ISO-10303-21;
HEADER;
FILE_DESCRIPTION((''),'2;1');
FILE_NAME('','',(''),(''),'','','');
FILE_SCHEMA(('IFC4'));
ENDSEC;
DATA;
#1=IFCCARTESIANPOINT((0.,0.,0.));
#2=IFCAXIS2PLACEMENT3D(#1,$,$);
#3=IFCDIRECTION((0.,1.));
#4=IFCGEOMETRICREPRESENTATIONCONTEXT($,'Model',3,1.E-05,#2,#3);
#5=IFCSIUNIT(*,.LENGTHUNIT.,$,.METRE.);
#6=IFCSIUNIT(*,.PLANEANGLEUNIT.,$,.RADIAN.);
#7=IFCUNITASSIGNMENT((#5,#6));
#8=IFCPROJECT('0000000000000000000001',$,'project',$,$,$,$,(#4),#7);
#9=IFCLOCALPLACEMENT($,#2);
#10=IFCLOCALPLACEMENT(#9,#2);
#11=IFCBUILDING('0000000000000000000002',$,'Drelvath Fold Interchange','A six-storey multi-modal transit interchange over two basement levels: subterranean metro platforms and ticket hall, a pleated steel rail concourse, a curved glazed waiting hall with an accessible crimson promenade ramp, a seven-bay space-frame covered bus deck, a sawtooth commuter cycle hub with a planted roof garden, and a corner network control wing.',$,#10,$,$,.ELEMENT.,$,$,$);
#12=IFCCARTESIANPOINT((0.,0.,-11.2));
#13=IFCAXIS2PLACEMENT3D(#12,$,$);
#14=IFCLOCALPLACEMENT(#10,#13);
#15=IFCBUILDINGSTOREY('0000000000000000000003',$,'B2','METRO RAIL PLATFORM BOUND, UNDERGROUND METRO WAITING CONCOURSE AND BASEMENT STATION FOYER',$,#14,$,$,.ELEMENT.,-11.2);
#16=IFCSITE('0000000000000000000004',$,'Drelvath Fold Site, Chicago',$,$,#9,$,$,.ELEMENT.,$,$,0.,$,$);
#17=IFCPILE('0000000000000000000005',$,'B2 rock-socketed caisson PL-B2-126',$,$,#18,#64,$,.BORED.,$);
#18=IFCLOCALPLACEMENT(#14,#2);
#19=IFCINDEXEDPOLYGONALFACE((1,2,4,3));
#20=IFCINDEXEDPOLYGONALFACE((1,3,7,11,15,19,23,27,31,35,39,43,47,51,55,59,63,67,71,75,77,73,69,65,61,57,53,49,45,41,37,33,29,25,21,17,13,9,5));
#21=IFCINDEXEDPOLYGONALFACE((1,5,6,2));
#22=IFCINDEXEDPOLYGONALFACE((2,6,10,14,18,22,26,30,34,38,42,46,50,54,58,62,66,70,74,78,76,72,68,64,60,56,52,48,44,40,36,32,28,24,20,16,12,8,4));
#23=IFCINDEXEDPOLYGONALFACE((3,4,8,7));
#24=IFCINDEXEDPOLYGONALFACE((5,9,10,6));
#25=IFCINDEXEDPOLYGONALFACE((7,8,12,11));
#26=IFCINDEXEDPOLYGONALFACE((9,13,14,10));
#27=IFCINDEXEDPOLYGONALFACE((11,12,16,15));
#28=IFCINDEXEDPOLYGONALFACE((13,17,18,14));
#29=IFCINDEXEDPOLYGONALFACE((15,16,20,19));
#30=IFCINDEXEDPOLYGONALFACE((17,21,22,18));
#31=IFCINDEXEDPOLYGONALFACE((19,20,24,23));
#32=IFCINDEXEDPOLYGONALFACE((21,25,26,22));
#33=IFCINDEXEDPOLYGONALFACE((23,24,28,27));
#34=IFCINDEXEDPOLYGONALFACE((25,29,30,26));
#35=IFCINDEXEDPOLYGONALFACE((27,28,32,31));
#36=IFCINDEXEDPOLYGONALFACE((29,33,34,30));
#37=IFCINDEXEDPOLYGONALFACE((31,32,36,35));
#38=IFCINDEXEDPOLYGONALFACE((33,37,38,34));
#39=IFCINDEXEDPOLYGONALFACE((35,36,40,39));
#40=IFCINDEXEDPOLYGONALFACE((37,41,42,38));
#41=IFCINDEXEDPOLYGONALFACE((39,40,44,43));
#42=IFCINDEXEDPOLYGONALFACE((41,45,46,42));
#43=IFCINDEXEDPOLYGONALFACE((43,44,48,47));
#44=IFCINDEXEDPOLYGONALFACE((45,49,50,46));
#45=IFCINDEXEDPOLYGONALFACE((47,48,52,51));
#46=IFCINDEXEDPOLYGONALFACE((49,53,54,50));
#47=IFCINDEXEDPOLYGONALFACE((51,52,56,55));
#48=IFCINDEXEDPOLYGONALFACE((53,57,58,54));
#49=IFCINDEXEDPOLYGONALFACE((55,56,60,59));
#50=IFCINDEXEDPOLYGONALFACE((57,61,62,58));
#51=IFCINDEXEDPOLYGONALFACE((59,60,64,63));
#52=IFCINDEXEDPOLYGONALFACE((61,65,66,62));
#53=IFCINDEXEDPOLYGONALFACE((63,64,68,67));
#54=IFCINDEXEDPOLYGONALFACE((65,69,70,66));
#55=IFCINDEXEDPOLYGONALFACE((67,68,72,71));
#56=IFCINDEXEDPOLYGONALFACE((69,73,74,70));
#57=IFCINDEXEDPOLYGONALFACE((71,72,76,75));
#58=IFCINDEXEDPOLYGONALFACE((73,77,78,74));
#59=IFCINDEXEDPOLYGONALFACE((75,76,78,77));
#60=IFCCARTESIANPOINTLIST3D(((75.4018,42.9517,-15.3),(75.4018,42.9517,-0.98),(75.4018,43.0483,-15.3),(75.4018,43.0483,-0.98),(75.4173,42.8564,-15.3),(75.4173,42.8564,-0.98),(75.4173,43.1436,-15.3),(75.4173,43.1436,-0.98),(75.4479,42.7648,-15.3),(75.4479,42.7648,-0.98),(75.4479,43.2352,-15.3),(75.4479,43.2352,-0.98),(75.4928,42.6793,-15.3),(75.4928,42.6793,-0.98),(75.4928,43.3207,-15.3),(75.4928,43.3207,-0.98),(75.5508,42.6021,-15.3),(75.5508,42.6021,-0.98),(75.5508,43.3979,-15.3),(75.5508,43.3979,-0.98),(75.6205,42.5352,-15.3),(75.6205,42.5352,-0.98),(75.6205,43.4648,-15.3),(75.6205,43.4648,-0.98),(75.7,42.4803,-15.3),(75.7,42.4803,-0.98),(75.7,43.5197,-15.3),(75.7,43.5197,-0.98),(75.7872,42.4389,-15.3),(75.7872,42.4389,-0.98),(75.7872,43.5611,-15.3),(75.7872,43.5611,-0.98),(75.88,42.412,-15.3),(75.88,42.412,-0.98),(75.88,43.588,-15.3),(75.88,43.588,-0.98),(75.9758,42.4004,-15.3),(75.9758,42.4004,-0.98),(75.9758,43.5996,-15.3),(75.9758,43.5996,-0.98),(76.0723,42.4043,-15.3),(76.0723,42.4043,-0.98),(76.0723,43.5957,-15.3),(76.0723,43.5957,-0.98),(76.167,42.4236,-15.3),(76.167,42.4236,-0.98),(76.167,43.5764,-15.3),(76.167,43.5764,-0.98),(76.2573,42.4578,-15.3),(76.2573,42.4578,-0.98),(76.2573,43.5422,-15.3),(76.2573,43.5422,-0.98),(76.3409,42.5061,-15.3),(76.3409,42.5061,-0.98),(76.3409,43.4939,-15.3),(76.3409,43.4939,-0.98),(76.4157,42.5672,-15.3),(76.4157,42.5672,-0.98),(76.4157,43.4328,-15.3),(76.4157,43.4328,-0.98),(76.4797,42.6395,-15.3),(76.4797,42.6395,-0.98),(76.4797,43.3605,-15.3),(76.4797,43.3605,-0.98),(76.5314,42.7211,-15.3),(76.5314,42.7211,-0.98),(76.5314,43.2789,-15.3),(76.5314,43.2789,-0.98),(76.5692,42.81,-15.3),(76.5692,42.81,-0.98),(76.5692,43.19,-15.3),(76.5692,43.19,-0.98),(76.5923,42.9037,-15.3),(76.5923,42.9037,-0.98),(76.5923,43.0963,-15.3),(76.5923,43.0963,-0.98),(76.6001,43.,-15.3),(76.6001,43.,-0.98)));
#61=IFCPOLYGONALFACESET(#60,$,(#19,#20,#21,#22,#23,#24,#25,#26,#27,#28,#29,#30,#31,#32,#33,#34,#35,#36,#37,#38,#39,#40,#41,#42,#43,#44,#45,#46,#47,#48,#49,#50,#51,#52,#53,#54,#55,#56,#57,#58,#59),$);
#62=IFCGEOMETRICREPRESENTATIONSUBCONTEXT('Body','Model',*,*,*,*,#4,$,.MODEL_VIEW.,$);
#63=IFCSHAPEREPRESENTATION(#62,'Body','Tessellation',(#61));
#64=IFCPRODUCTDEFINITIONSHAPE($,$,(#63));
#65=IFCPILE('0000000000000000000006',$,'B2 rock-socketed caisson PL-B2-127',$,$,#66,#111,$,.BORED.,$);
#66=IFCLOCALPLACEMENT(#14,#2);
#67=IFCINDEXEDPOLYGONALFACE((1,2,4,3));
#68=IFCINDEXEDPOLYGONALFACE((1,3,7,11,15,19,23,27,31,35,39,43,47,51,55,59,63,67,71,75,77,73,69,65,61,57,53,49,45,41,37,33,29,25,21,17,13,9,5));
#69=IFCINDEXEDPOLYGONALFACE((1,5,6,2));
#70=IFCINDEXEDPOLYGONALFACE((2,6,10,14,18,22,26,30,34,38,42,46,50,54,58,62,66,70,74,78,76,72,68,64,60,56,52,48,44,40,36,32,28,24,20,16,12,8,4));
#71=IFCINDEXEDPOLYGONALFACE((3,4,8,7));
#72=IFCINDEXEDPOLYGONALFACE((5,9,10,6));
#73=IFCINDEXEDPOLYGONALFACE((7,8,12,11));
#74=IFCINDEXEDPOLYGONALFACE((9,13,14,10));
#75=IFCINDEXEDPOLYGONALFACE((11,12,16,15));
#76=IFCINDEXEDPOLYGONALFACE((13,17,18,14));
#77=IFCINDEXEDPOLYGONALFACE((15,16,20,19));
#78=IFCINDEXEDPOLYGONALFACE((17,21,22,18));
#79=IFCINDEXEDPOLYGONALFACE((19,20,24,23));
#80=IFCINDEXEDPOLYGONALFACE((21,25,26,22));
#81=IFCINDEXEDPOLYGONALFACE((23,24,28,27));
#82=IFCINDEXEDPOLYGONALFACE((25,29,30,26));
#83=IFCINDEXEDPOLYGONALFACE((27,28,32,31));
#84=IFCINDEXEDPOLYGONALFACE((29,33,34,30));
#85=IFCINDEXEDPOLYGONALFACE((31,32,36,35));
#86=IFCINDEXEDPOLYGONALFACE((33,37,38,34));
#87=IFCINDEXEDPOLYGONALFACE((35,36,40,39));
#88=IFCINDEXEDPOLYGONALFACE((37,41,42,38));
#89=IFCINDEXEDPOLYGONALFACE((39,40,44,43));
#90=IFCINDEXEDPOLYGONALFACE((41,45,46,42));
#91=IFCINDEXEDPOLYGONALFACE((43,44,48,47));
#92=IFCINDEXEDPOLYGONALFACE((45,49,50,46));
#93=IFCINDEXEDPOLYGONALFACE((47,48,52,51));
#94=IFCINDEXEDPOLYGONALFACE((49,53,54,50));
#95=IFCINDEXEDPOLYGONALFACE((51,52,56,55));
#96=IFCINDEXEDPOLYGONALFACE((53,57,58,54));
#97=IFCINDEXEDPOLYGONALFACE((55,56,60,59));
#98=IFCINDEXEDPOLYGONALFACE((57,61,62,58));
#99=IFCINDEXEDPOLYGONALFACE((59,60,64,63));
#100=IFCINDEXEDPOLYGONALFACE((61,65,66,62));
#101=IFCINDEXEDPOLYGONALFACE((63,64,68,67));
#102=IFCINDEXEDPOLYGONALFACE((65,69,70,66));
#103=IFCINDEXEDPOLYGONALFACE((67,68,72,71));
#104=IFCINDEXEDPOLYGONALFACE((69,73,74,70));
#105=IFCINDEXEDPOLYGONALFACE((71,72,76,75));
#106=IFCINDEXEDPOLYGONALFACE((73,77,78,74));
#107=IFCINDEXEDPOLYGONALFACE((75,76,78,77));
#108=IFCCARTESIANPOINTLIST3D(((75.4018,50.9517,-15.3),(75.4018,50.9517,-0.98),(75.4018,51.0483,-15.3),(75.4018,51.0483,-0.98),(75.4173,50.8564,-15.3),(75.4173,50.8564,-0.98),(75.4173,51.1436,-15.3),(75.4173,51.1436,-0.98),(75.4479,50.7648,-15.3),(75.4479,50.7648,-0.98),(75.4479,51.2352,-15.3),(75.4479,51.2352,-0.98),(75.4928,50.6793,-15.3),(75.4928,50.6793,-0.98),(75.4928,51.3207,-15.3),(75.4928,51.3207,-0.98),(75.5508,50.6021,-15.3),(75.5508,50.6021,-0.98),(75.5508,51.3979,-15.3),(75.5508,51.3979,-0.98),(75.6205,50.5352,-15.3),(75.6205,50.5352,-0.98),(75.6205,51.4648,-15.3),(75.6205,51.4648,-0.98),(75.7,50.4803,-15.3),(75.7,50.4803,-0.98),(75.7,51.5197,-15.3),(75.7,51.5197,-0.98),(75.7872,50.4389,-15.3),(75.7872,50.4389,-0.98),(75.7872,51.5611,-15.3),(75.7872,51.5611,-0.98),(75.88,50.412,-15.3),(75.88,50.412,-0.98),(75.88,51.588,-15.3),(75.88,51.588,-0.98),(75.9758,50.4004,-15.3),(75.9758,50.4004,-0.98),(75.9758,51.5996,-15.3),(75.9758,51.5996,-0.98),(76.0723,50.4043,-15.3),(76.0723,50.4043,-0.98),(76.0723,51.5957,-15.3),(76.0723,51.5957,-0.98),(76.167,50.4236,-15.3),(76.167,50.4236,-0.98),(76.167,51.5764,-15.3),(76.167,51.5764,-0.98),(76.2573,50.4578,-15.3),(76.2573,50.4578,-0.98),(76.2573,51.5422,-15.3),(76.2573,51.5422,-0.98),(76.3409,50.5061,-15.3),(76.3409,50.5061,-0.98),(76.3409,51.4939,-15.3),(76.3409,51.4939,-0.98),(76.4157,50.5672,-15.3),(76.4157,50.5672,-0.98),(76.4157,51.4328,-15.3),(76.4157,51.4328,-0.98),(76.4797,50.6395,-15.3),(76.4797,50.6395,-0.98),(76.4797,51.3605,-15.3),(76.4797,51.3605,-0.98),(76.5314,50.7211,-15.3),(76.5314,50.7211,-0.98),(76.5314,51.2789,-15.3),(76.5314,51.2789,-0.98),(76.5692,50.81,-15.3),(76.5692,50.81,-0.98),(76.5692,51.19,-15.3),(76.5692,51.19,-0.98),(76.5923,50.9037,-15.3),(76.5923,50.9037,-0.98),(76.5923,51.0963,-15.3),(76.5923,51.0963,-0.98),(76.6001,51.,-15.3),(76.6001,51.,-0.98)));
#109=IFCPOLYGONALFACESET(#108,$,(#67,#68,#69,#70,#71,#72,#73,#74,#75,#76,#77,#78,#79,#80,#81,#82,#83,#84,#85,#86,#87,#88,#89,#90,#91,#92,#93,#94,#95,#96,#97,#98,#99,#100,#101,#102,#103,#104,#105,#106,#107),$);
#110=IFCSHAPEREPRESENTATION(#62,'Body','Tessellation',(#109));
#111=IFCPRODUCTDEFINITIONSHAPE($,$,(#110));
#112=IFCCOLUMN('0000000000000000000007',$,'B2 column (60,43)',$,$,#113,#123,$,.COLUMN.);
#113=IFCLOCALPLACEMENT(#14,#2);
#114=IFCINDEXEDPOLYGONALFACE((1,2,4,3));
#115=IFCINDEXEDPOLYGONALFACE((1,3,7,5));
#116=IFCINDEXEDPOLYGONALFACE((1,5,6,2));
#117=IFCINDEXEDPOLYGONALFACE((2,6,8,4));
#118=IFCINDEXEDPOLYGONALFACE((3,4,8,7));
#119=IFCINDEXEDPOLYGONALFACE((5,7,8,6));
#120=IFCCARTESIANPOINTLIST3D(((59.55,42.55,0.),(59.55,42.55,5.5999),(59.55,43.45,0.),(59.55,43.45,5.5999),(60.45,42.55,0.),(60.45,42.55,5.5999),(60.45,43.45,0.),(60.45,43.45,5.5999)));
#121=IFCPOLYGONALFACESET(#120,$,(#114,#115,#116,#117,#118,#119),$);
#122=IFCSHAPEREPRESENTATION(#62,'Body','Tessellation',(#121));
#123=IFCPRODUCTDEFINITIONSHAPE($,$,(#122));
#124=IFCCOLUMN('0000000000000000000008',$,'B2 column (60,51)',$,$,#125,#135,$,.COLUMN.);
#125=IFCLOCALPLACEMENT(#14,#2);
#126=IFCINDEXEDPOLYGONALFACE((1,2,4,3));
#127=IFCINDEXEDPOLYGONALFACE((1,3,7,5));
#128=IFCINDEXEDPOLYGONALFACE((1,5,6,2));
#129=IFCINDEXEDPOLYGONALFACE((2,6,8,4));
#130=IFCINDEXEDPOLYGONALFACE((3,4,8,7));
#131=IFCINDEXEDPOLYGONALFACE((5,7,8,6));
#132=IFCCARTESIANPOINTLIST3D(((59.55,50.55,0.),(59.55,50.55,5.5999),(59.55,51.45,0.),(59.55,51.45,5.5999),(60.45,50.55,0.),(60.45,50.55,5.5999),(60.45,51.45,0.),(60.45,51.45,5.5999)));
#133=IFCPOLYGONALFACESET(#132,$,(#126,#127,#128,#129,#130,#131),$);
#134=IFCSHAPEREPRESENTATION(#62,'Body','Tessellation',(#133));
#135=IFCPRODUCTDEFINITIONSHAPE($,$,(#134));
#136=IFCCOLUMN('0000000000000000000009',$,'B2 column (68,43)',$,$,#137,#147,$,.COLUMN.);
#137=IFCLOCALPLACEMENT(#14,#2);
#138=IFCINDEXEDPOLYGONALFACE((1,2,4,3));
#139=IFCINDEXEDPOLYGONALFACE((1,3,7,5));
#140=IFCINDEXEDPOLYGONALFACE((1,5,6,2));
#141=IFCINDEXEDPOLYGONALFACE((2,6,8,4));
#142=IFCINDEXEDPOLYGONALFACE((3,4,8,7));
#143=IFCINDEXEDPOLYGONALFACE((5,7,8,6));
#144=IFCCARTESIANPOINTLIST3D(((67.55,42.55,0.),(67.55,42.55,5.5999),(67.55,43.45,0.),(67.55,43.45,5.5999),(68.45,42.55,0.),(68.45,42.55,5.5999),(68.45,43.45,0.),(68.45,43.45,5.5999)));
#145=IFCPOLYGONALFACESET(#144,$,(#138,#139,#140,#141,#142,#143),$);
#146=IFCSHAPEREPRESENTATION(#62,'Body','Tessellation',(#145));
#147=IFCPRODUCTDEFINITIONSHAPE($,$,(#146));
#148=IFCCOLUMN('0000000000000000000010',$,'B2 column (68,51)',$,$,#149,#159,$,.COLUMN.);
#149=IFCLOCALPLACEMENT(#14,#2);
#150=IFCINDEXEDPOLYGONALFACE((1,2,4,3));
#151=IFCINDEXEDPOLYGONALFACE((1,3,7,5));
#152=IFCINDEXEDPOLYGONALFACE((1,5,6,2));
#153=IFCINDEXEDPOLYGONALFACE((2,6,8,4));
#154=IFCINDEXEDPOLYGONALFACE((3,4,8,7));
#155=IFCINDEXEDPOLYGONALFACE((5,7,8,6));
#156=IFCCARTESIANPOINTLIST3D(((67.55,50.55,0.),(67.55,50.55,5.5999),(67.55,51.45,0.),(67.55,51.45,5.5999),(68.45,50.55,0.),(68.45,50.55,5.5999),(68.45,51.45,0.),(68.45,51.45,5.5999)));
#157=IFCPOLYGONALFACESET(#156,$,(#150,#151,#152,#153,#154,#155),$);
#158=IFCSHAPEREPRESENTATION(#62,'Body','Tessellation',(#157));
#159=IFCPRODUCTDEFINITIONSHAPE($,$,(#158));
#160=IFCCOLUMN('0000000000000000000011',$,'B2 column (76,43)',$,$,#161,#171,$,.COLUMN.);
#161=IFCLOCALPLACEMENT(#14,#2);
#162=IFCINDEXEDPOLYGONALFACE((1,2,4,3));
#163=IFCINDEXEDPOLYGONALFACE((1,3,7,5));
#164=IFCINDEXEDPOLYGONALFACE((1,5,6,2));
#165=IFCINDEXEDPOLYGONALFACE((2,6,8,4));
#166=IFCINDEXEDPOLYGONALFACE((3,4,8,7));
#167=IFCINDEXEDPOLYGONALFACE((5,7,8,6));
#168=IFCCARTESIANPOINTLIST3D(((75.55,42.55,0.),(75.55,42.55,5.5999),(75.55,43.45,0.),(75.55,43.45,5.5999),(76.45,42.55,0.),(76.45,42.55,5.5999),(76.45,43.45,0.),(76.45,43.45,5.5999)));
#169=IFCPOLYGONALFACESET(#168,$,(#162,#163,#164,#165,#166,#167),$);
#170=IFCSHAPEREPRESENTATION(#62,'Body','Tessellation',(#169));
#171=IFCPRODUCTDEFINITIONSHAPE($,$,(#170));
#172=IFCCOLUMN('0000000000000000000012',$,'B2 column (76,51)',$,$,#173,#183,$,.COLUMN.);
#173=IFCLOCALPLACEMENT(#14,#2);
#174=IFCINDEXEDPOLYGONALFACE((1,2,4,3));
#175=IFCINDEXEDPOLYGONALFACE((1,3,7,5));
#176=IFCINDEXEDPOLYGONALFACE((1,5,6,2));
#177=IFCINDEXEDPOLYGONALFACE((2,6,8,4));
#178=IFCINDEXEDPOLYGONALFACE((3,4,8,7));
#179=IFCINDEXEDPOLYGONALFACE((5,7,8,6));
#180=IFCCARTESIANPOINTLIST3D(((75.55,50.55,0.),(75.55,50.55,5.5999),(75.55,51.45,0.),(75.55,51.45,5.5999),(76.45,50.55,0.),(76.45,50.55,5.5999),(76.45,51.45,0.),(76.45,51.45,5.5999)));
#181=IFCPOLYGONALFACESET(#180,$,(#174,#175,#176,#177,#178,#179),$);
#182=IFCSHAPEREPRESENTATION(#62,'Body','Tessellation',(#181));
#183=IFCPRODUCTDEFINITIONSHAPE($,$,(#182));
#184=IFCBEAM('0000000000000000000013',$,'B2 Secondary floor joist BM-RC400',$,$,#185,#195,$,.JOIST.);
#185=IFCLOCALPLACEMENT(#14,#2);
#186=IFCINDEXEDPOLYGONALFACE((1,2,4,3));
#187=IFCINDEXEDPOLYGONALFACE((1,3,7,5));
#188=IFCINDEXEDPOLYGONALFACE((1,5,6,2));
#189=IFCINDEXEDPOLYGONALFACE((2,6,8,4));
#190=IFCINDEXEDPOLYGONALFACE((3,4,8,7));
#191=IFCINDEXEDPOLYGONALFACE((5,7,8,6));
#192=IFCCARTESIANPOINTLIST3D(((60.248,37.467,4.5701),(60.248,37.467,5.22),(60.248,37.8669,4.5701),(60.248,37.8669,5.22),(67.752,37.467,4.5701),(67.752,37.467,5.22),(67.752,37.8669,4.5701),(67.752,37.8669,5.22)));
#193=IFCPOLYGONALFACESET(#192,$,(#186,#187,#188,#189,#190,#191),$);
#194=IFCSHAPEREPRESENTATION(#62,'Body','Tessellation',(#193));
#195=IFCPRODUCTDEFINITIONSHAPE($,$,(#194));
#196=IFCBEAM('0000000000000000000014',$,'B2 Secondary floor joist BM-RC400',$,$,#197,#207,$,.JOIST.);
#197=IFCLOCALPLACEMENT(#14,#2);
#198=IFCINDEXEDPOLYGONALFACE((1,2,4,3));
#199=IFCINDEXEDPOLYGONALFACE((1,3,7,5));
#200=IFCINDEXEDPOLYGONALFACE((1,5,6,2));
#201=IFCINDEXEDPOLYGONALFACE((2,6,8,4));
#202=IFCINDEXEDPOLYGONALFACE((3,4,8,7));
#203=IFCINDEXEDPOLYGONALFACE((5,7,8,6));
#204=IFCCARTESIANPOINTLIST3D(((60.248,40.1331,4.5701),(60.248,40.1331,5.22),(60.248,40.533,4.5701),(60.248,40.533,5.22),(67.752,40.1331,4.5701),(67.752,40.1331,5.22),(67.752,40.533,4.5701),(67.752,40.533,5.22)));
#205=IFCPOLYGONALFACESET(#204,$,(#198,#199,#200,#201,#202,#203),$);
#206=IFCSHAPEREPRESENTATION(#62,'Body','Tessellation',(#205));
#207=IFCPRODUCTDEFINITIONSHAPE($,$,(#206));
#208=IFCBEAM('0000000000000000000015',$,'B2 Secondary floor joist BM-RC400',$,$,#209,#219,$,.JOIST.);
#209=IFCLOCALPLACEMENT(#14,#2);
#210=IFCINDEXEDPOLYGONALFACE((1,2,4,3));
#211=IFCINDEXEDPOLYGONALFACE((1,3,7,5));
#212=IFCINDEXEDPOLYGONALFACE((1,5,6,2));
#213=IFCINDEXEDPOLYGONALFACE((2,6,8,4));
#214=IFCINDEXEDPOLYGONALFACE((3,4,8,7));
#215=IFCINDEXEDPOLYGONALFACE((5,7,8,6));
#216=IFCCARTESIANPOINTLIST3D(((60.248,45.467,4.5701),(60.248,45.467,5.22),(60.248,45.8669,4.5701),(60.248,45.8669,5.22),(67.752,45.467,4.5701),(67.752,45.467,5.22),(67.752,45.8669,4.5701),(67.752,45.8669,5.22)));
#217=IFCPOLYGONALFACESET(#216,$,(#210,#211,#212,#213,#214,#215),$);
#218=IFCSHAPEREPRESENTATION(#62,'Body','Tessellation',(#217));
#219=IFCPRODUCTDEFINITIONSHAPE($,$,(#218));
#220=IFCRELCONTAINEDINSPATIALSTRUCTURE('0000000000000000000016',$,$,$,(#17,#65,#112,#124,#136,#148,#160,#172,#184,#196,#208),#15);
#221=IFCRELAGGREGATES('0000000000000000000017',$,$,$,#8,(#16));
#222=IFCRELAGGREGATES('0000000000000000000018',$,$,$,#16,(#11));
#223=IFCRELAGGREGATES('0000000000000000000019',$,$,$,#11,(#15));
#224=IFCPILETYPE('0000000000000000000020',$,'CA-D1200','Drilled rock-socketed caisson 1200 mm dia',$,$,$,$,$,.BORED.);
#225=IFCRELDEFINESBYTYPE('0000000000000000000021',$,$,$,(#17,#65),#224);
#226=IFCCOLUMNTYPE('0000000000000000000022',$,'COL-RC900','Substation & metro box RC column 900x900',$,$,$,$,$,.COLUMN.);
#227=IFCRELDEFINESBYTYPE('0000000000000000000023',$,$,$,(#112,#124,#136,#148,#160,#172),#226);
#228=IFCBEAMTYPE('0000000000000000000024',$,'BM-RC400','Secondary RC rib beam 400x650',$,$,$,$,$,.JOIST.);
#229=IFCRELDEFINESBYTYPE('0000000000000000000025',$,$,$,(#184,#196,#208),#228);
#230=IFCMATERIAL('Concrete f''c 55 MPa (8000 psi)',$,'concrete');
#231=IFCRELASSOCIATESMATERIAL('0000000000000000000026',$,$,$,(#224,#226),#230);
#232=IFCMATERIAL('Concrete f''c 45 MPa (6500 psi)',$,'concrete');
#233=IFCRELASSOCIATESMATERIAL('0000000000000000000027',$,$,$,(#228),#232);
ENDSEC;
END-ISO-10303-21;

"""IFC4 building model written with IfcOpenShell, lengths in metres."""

from ifc_helpers import new_model, si_unit, direction, frame, origin, origin_2d, place, context, subcontext, project, spatial, rectangle, circle, extrude, material, material_profile, profile_set, type_object, element, save


model = new_model("IFC4")

# Units and contexts
model_context = context("Model", 3, precision=1e-05, world=origin(), true_north=direction((0.0, 1.0)))
body_context = subcontext(model_context, "Body", "Model", "MODEL_VIEW")
ifc_project = project(units=[si_unit("LENGTHUNIT", "METRE"), si_unit("PLANEANGLEUNIT", "RADIAN")], contexts=[model_context])

# Site, building, storey
site_placement = place(None, origin())
site = spatial("IfcSite", under=ifc_project, at=site_placement, Name="Drelvath Fold Site, Chicago", CompositionType="ELEMENT", RefElevation=0.0)
building_placement = place(site_placement, origin())
building = spatial("IfcBuilding", under=site, at=building_placement, Name="Drelvath Fold Interchange", Description="A six-storey multi-modal transit interchange over two basement levels: subterranean metro platforms and ticket hall, a pleated steel rail concourse, a curved glazed waiting hall with an accessible crimson promenade ramp, a seven-bay space-frame covered bus deck, a sawtooth commuter cycle hub with a planted roof garden, and a corner network control wing.", CompositionType="ELEMENT")
storey_placement = place(building_placement, frame((0.0, 0.0, -11.2)))
storey = spatial("IfcBuildingStorey", under=building, at=storey_placement, Name="B2", Description="METRO RAIL PLATFORM BOUND, UNDERGROUND METRO WAITING CONCOURSE AND BASEMENT STATION FOYER", CompositionType="ELEMENT", Elevation=-11.2)

# Piles
ifc_material_1 = material(Name="Concrete f'c 55 MPa (8000 psi)", Category="concrete")
ifc_material_profile_1 = material_profile(ifc_material_1, circle(Radius=0.6001, at=origin_2d()), Name="CAISSON D1200")
ifc_profile_set_1 = profile_set([ifc_material_profile_1], Name="Concrete f'c 55 MPa (8000 psi)")
pile_type = type_object("IfcPileType", Name="CA-D1200", Description="Drilled rock-socketed caisson 1200 mm dia", PredefinedType="BORED", material=ifc_profile_set_1)
for number, where, z_axis, x_axis, name in (
    (1, (76.0, 43.0, -0.98), (0.0, 0.0, -1.0), (1.0, 0.0, 0.0), "B2 rock-socketed caisson PL-B2-126"),
    (2, (76.0, 51.0, -0.98), (0.0, 0.0, -1.0), (1.0, 0.0, 0.0), "B2 rock-socketed caisson PL-B2-127"),
):
    element("IfcPile", number, at=place(storey_placement, frame(where, z_axis=z_axis, x_axis=x_axis)), inside=storey, type_object=pile_type, Name=name, PredefinedType="BORED", context=body_context, shape_type="SweptSolid", body=[
        extrude(circle(Radius=0.6001, at=origin_2d()), origin(), (0.0, 0.0, 1.0), 14.3201),
    ])

# Columns
ifc_material_profile_2 = material_profile(ifc_material_1, rectangle(XDim=0.8999, YDim=0.8999, at=origin_2d()), Name="RC 900x900")
ifc_profile_set_2 = profile_set([ifc_material_profile_2], Name="Concrete f'c 55 MPa (8000 psi)")
column_type = type_object("IfcColumnType", Name="COL-RC900", Description="Substation & metro box RC column 900x900", PredefinedType="COLUMN", material=ifc_profile_set_2)
for number, where, z_axis, x_axis, name in (
    (3, (60.0, 43.0, 0.0), (0.0, 0.0, 1.0), (1.0, 0.0, 0.0), "B2 column (60,43)"),
    (4, (60.0, 51.0, 0.0), (0.0, 0.0, 1.0), (1.0, 0.0, 0.0), "B2 column (60,51)"),
    (5, (68.0, 43.0, 0.0), (0.0, 0.0, 1.0), (1.0, 0.0, 0.0), "B2 column (68,43)"),
    (6, (68.0, 51.0, 0.0), (0.0, 0.0, 1.0), (1.0, 0.0, 0.0), "B2 column (68,51)"),
    (7, (76.0, 43.0, 0.0), (0.0, 0.0, 1.0), (1.0, 0.0, 0.0), "B2 column (76,43)"),
    (8, (76.0, 51.0, 0.0), (0.0, 0.0, 1.0), (1.0, 0.0, 0.0), "B2 column (76,51)"),
):
    element("IfcColumn", number, at=place(storey_placement, frame(where, z_axis=z_axis, x_axis=x_axis)), inside=storey, type_object=column_type, Name=name, PredefinedType="COLUMN", context=body_context, shape_type="SweptSolid", body=[
        extrude(rectangle(XDim=0.8999, YDim=0.8999, at=origin_2d()), origin(), (0.0, 0.0, 1.0), 5.5999),
    ])

# Beams
ifc_material_2 = material(Name="Concrete f'c 45 MPa (6500 psi)", Category="concrete")
ifc_material_profile_3 = material_profile(ifc_material_2, rectangle(XDim=0.3999, YDim=0.6499, at=origin_2d()), Name="RC 400x650")
ifc_profile_set_3 = profile_set([ifc_material_profile_3], Name="Concrete f'c 45 MPa (6500 psi)")
beam_type_1 = type_object("IfcBeamType", Name="BM-RC400", Description="Secondary RC rib beam 400x650", PredefinedType="JOIST", material=ifc_profile_set_3)
for number, where, z_axis, x_axis, name in (
    (9, (60.248, 37.667, 4.895), (1.0, 0.0, 0.0), (0.0, 1.0, 0.0), "B2 Secondary floor joist BM-RC400"),
    (10, (60.248, 40.333, 4.895), (1.0, 0.0, 0.0), (0.0, 1.0, 0.0), "B2 Secondary floor joist BM-RC400"),
    (11, (60.248, 45.667, 4.895), (1.0, 0.0, 0.0), (0.0, 1.0, 0.0), "B2 Secondary floor joist BM-RC400"),
):
    element("IfcBeam", number, at=place(storey_placement, frame(where, z_axis=z_axis, x_axis=x_axis)), inside=storey, type_object=beam_type_1, Name=name, PredefinedType="JOIST", context=body_context, shape_type="SweptSolid", body=[
        extrude(rectangle(XDim=0.3999, YDim=0.6499, at=origin_2d()), origin(), (0.0, 0.0, 1.0), 7.5039),
    ])

save(model, "model.ifc")
